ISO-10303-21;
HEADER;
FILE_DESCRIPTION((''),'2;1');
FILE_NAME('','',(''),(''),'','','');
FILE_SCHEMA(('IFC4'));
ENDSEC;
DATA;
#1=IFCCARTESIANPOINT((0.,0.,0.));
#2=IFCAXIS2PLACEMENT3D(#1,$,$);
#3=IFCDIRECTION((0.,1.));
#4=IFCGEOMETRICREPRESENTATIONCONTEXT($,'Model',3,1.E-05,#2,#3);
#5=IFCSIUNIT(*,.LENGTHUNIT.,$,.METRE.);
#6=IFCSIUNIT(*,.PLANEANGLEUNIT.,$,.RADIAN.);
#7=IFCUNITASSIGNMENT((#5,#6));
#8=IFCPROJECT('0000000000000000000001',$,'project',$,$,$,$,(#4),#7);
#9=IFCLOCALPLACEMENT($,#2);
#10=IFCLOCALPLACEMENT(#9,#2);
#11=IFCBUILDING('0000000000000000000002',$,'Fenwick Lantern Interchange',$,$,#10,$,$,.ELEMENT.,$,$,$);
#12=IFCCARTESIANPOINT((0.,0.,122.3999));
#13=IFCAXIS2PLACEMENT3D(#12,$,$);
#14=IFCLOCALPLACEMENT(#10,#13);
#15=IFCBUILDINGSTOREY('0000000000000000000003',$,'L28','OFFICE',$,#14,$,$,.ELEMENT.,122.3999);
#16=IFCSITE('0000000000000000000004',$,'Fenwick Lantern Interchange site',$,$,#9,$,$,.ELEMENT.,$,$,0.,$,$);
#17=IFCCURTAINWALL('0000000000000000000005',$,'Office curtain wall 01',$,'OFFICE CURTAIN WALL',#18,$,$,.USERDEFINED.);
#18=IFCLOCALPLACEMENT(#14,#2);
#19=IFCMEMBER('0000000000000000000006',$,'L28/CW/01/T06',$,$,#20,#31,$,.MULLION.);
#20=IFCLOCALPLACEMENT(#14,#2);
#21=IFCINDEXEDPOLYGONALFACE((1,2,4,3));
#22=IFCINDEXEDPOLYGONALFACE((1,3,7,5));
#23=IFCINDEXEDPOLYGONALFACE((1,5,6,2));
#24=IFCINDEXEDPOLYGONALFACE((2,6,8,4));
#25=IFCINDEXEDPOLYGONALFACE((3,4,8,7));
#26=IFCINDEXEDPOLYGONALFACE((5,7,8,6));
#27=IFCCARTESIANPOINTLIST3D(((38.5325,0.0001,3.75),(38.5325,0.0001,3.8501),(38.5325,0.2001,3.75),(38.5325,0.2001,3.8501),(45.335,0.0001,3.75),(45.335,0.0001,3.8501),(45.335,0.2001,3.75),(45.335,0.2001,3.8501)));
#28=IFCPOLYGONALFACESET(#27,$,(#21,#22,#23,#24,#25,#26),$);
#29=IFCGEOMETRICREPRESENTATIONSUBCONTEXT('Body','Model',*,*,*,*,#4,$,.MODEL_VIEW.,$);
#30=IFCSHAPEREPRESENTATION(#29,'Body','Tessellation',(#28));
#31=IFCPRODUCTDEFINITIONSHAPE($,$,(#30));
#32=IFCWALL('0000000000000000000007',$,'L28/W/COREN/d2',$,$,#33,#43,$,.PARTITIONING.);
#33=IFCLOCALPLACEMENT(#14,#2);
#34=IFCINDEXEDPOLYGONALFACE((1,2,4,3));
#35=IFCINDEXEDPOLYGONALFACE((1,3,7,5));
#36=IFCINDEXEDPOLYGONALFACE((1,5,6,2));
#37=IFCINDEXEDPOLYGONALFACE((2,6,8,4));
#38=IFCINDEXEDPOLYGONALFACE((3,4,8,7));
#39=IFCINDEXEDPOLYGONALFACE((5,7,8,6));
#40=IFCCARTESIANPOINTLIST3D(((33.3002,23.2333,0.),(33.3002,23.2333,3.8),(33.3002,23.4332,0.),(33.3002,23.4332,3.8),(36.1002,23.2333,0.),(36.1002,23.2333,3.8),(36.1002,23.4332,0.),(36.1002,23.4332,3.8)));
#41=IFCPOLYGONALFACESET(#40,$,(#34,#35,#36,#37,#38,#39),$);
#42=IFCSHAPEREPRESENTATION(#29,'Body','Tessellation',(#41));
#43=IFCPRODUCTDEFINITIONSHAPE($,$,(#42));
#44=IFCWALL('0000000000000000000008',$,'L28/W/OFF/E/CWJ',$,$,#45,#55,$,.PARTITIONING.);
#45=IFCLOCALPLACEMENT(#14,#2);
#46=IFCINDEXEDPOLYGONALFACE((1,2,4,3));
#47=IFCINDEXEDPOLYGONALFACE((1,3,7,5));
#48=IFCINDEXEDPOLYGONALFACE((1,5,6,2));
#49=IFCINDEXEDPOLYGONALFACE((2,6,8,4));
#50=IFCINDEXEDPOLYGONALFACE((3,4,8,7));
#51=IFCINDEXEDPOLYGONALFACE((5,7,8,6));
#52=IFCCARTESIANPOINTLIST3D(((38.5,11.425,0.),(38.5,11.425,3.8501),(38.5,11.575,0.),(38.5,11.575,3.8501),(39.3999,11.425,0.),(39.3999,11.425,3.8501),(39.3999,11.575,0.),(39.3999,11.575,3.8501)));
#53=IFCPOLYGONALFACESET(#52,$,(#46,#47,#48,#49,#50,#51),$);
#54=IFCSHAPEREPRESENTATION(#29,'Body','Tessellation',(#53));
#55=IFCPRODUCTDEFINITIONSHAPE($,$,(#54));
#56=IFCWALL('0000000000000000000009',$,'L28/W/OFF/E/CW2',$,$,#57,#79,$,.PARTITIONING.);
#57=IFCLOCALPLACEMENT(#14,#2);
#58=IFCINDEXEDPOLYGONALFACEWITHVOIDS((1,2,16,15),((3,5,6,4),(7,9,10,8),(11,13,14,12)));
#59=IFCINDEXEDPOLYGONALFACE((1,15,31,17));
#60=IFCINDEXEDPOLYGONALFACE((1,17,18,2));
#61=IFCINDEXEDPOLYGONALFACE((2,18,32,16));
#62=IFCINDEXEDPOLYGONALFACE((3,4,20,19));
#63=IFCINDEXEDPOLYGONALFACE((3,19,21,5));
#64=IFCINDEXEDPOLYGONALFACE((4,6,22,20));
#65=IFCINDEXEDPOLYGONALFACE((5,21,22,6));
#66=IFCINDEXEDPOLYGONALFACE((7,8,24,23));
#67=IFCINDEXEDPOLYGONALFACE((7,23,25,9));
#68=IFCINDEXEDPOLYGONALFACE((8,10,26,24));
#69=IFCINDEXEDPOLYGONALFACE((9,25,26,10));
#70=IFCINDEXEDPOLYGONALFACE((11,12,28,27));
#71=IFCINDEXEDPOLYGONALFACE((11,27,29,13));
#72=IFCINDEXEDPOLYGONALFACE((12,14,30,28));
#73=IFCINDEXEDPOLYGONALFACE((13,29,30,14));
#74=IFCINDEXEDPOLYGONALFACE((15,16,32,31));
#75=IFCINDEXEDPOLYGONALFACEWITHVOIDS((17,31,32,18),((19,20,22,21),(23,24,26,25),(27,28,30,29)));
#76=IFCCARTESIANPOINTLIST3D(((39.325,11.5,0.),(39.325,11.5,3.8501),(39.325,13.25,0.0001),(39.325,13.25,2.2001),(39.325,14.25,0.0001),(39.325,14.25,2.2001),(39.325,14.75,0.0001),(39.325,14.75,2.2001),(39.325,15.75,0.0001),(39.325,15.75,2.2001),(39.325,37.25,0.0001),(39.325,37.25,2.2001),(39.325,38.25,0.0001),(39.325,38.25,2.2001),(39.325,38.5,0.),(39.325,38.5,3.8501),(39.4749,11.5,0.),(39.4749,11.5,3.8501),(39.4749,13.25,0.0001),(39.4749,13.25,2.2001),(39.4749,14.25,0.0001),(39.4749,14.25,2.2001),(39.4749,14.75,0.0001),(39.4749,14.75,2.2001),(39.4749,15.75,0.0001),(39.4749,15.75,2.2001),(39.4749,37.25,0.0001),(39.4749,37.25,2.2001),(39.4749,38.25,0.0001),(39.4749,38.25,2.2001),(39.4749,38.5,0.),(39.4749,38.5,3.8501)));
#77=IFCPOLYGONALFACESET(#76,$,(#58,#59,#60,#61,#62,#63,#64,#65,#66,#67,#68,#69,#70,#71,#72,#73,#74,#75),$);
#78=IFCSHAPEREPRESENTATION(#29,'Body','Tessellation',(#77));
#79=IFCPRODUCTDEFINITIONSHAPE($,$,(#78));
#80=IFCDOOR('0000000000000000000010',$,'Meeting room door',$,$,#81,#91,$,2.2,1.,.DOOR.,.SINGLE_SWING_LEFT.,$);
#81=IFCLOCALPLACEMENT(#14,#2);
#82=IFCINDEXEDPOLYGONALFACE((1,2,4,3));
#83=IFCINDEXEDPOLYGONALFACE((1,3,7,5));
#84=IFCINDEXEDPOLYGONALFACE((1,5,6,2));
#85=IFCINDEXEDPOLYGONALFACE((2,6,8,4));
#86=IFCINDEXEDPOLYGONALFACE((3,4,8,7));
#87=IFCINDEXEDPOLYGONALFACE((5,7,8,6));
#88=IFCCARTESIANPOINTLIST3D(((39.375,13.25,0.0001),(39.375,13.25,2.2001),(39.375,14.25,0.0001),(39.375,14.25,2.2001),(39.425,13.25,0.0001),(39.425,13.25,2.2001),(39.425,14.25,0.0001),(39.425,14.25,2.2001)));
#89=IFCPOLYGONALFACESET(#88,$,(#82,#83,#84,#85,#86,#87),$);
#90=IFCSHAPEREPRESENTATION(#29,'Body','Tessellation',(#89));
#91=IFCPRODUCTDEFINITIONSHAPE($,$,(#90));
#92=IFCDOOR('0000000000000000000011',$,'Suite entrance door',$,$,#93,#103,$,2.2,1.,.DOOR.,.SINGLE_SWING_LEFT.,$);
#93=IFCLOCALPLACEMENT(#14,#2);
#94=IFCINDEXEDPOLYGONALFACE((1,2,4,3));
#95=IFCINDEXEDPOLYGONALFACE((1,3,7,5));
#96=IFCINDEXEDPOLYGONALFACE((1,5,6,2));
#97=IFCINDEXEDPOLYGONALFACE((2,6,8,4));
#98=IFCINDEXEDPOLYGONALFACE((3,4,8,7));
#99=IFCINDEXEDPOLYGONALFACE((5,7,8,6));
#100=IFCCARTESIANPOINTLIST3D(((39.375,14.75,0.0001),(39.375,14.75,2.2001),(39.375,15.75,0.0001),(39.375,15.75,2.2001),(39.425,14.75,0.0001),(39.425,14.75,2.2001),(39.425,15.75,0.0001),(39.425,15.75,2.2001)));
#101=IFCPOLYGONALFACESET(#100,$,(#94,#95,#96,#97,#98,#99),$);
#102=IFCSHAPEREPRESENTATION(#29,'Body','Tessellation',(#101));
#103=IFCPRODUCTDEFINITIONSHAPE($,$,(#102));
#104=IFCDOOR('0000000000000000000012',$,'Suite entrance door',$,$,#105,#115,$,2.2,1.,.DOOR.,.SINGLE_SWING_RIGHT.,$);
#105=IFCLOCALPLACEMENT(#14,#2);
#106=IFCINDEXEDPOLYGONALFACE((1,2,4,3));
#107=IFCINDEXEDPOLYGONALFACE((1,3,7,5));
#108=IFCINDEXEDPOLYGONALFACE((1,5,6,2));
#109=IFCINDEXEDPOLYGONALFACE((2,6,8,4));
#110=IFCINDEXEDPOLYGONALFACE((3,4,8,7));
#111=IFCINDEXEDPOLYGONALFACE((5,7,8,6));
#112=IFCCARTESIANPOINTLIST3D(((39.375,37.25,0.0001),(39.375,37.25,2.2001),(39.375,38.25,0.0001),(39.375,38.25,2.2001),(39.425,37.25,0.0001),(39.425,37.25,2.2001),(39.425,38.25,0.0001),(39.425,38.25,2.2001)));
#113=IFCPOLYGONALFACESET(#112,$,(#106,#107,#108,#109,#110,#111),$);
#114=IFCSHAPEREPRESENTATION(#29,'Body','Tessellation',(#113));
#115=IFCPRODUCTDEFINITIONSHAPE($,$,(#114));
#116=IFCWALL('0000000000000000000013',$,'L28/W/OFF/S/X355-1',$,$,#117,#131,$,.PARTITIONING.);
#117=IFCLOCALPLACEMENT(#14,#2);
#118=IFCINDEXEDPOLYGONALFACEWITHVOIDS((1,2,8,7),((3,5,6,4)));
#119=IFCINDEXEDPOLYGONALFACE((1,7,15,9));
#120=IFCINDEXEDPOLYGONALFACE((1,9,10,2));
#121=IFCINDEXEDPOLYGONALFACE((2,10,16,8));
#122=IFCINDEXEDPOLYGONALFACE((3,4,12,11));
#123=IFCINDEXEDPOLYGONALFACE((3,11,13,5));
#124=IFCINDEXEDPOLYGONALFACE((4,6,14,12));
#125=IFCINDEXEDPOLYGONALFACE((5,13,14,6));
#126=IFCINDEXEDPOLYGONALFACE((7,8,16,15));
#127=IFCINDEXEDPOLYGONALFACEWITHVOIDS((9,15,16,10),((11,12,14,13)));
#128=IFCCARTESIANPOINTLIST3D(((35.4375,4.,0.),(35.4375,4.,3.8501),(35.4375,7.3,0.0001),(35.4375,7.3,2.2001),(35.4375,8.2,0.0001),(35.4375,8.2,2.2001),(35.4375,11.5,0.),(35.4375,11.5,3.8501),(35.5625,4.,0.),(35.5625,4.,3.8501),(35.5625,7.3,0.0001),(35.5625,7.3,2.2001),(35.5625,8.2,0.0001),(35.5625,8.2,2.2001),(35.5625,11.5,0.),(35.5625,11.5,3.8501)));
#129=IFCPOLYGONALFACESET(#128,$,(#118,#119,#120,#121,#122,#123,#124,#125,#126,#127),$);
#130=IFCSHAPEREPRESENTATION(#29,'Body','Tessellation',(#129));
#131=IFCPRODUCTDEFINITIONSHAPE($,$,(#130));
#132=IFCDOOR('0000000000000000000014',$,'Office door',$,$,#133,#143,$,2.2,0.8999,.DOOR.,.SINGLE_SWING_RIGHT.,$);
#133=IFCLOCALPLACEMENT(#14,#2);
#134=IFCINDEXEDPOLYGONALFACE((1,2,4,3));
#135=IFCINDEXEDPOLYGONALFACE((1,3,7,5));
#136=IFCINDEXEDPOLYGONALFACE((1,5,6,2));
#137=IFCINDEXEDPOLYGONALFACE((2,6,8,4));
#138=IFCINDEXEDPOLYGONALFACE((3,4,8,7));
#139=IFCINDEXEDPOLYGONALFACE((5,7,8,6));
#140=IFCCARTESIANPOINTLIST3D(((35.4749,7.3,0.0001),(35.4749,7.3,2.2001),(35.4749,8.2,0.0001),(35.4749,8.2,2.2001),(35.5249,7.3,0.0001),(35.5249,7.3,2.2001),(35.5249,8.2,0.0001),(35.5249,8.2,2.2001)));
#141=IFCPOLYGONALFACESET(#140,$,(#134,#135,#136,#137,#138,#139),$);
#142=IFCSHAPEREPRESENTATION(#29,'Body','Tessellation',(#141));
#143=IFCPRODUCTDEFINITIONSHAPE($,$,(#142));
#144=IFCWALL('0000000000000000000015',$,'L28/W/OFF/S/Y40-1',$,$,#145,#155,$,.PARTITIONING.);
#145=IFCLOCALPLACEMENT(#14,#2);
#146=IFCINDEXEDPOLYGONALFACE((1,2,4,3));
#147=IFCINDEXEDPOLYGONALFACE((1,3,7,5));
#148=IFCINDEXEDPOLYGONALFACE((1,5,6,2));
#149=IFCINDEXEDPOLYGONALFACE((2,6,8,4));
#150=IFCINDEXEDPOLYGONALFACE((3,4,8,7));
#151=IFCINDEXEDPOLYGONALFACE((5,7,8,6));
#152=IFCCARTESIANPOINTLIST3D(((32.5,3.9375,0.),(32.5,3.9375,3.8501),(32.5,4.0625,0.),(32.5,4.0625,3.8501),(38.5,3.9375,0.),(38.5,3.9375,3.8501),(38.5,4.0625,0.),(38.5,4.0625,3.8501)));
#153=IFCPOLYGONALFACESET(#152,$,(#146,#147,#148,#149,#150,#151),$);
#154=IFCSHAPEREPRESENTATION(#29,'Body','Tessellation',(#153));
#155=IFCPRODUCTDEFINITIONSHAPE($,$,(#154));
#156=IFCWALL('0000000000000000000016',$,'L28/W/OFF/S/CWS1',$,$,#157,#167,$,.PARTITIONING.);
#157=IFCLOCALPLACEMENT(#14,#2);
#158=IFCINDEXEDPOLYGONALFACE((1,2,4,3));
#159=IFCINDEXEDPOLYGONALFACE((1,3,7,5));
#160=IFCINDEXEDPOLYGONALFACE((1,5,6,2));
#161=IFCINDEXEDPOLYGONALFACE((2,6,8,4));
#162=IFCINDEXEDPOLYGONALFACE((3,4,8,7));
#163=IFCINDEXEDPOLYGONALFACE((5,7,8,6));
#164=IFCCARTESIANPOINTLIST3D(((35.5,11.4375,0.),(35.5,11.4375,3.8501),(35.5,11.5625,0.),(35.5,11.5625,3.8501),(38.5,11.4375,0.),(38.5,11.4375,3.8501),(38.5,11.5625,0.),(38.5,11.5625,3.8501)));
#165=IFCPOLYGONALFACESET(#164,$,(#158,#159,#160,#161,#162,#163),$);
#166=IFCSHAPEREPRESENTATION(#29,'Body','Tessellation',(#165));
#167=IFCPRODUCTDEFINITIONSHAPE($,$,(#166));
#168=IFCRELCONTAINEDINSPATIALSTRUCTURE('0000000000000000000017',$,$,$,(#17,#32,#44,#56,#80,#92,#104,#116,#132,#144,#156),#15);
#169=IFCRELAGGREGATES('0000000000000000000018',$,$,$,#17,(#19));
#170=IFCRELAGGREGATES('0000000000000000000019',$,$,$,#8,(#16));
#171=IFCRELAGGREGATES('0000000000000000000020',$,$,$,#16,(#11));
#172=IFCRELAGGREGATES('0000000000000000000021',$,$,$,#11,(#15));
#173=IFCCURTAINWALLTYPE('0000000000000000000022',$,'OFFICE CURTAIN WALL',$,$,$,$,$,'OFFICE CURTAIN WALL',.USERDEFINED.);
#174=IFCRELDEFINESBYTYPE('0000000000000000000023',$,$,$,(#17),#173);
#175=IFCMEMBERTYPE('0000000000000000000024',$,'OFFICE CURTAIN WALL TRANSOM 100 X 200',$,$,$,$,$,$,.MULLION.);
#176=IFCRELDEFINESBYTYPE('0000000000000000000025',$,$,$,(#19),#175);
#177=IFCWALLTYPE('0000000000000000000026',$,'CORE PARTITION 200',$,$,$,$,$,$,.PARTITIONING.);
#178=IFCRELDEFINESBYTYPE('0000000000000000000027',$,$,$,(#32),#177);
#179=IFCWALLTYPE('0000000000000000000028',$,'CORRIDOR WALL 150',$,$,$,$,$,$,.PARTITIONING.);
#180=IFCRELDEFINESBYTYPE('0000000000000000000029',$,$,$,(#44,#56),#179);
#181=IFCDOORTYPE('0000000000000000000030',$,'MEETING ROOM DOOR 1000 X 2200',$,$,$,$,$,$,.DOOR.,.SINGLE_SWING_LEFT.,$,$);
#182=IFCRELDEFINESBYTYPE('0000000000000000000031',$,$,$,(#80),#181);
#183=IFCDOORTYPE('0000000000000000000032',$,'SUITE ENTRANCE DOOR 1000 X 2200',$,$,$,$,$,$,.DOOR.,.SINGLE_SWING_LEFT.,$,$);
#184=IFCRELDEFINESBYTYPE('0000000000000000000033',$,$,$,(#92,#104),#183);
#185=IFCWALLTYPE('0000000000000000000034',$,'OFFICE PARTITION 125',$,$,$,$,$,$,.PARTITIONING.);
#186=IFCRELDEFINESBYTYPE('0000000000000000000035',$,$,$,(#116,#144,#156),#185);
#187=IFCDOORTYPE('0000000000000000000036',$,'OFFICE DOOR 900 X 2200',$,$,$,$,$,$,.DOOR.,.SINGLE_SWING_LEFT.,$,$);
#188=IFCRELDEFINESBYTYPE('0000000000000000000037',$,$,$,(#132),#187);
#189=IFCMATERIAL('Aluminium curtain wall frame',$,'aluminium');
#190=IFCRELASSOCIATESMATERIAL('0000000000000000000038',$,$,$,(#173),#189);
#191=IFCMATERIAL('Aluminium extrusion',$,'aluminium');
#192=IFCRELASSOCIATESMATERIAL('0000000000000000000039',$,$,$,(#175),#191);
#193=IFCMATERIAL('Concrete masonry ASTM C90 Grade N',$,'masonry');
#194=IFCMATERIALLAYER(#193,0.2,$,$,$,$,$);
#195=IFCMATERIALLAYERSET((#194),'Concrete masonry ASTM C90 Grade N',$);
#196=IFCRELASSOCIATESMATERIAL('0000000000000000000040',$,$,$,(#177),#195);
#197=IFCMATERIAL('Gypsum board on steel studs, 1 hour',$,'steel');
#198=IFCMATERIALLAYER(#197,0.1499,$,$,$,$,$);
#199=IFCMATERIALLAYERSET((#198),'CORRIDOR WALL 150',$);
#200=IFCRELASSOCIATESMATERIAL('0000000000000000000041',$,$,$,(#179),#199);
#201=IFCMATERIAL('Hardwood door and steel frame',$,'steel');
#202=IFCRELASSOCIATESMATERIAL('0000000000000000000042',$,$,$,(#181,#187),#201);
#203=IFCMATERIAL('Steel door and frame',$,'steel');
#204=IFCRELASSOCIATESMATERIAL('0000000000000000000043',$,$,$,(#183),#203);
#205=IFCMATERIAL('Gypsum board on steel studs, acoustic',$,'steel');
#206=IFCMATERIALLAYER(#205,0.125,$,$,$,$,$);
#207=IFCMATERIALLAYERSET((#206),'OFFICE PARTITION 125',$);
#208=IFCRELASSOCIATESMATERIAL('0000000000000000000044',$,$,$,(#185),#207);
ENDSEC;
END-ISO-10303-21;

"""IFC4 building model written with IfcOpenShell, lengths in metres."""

from ifc_helpers import new_model, si_unit, direction, frame, frame_2d, origin, origin_2d, place, context, subcontext, project, spatial, rectangle, extrude, material, layer, layer_set, material_profile, profile_set, type_object, element, fill, aggregate, save


model = new_model("IFC4")

# Units and contexts
model_context = context("Model", 3, precision=1e-05, world=origin(), true_north=direction((0.0, 1.0)))
body_context = subcontext(model_context, "Body", "Model", "MODEL_VIEW")
ifc_project = project(units=[si_unit("LENGTHUNIT", "METRE"), si_unit("PLANEANGLEUNIT", "RADIAN")], contexts=[model_context])

# Site, building, storey
site_placement = place(None, origin())
site = spatial("IfcSite", under=ifc_project, at=site_placement, Name="Fenwick Lantern Interchange site", CompositionType="ELEMENT", RefElevation=0.0)
building_placement = place(site_placement, origin())
building = spatial("IfcBuilding", under=site, at=building_placement, Name="Fenwick Lantern Interchange", CompositionType="ELEMENT")
storey_placement = place(building_placement, frame((0.0, 0.0, 122.3999)))
storey = spatial("IfcBuildingStorey", under=building, at=storey_placement, Name="L28", Description="OFFICE", CompositionType="ELEMENT", Elevation=122.3999)

# Curtain wall, member
ifc_material_1 = material(Name="Aluminium curtain wall frame", Category="aluminium")
curtain_wall_type = type_object("IfcCurtainWallType", Name="OFFICE CURTAIN WALL", ElementType="OFFICE CURTAIN WALL", PredefinedType="USERDEFINED", material=ifc_material_1)
curtain_wall_placement = place(storey_placement, origin())
curtain_wall = element("IfcCurtainWall", 1, at=curtain_wall_placement, inside=storey, type_object=curtain_wall_type, Name="Office curtain wall 01", ObjectType="OFFICE CURTAIN WALL", PredefinedType="USERDEFINED")
ifc_material_2 = material(Name="Aluminium extrusion", Category="aluminium")
ifc_material_profile_1 = material_profile(ifc_material_2, rectangle(XDim=0.2, YDim=0.1001, at=origin_2d()), Name="OFFICE CURTAIN WALL TRANSOM 100 X 200")
ifc_profile_set_1 = profile_set([ifc_material_profile_1], Name="Aluminium extrusion")
member_type_1 = type_object("IfcMemberType", Name="OFFICE CURTAIN WALL TRANSOM 100 X 200", PredefinedType="MULLION", material=ifc_profile_set_1)
member_1_placement = place(storey_placement, frame((38.5325, 0.1001, 3.8), z_axis=(1.0, 0.0, 0.0), x_axis=(0.0, 1.0, 0.0)))
member_1 = element("IfcMember", 2, at=member_1_placement, type_object=member_type_1, Name="L28/CW/01/T06", PredefinedType="MULLION", context=body_context, shape_type="SweptSolid", body=[
    extrude(rectangle(XDim=0.2, YDim=0.1001, at=origin_2d()), origin(), (0.0, 0.0, 1.0), 6.8025),
])
aggregate(curtain_wall, [member_1])

# Wall
ifc_material_3 = material(Name="Concrete masonry ASTM C90 Grade N", Category="masonry")
ifc_layer_1 = layer(ifc_material_3, 0.2)
ifc_layer_set_1 = layer_set([ifc_layer_1], Name="Concrete masonry ASTM C90 Grade N")
wall_type_1 = type_object("IfcWallType", Name="CORE PARTITION 200", PredefinedType="PARTITIONING", material=ifc_layer_set_1)
wall_1_placement = place(storey_placement, frame((36.1001, 23.3333, 0.0), z_axis=(0.0, 0.0, 1.0), x_axis=(-1.0, 0.0, 0.0)))
element("IfcWall", 3, at=wall_1_placement, inside=storey, type_object=wall_type_1, Name="L28/W/COREN/d2", PredefinedType="PARTITIONING", context=body_context, shape_type="SweptSolid", body=[
    extrude(rectangle(XDim=2.8, YDim=0.2, at=frame_2d((1.3999, 0.0))), origin(), (0.0, 0.0, 1.0), 3.8),
])

# Shared definitions
ifc_material_4 = material(Name="Steel door and frame", Category="steel")
ifc_material_5 = material(Name="Hardwood door and steel frame", Category="steel")

# Wall
ifc_material_6 = material(Name="Gypsum board on steel studs, 1 hour", Category="steel")
ifc_layer_2 = layer(ifc_material_6, 0.1499)
ifc_layer_set_2 = layer_set([ifc_layer_2], Name="CORRIDOR WALL 150")
wall_type_2 = type_object("IfcWallType", Name="CORRIDOR WALL 150", PredefinedType="PARTITIONING", material=ifc_layer_set_2)
wall_2_placement = place(storey_placement, frame((38.5, 11.5, 0.0), z_axis=(0.0, 0.0, 1.0), x_axis=(1.0, 0.0, 0.0)))
element("IfcWall", 4, at=wall_2_placement, inside=storey, type_object=wall_type_2, Name="L28/W/OFF/E/CWJ", PredefinedType="PARTITIONING", context=body_context, shape_type="SweptSolid", body=[
    extrude(rectangle(XDim=0.8999, YDim=0.1499, at=frame_2d((0.45, 0.0))), origin(), (0.0, 0.0, 1.0), 3.8501),
])

# Wall, openings, doors
wall_3_placement = place(storey_placement, frame((39.3999, 11.5, 0.0), z_axis=(0.0, 0.0, 1.0), x_axis=(0.0, 1.0, 0.0)))
wall_3 = element("IfcWall", 5, at=wall_3_placement, inside=storey, type_object=wall_type_2, Name="L28/W/OFF/E/CW2", PredefinedType="PARTITIONING", context=body_context, shape_type="SweptSolid", body=[
    extrude(rectangle(XDim=27.0, YDim=0.1499, at=frame_2d((13.5, 0.0))), origin(), (0.0, 0.0, 1.0), 3.8501),
])
opening_1_placement = place(wall_3_placement, frame((3.25, 0.0, 0.0)))
opening_1 = element("IfcOpeningElement", 6, at=opening_1_placement, cuts=wall_3, PredefinedType="OPENING", context=body_context, shape_type="SweptSolid", body=[
    extrude(rectangle(XDim=1.0, YDim=2.2, at=frame_2d((0.5, 1.1001))), frame((0.0, 0.085, 0.0), z_axis=(0.0, -1.0, 0.0), x_axis=(1.0, 0.0, 0.0)), (0.0, 0.0, 1.0), 0.1699),
])
opening_2_placement = place(wall_3_placement, frame((25.75, 0.0, 0.0)))
opening_2 = element("IfcOpeningElement", 7, at=opening_2_placement, cuts=wall_3, PredefinedType="OPENING", context=body_context, shape_type="SweptSolid", body=[
    extrude(rectangle(XDim=1.0, YDim=2.2, at=frame_2d((0.5, 1.1001))), frame((0.0, 0.085, 0.0), z_axis=(0.0, -1.0, 0.0), x_axis=(1.0, 0.0, 0.0)), (0.0, 0.0, 1.0), 0.1699),
])
opening_3_placement = place(wall_3_placement, frame((1.75, 0.0, 0.0)))
opening_3 = element("IfcOpeningElement", 8, at=opening_3_placement, cuts=wall_3, PredefinedType="OPENING", context=body_context, shape_type="SweptSolid", body=[
    extrude(rectangle(XDim=1.0, YDim=2.2, at=frame_2d((0.5, 1.1001))), frame((0.0, 0.085, 0.0), z_axis=(0.0, -1.0, 0.0), x_axis=(1.0, 0.0, 0.0)), (0.0, 0.0, 1.0), 0.1699),
])
door_type_1 = type_object("IfcDoorType", Name="MEETING ROOM DOOR 1000 X 2200", OperationType="SINGLE_SWING_LEFT", PredefinedType="DOOR", material=ifc_material_5)
door_1_placement = place(opening_3_placement, origin())
door_1 = element("IfcDoor", 9, at=door_1_placement, inside=storey, type_object=door_type_1, Name="Meeting room door", OperationType="SINGLE_SWING_LEFT", OverallHeight=2.2, OverallWidth=1.0, PredefinedType="DOOR", context=body_context, shape_type="SweptSolid", body=[
    extrude(rectangle(XDim=1.0, YDim=2.2, at=frame_2d((0.5, 1.1001))), frame((0.0, 0.0249, 0.0), z_axis=(0.0, -1.0, 0.0), x_axis=(1.0, 0.0, 0.0)), (0.0, 0.0, 1.0), 0.05),
])
fill(opening_3, door_1)
door_type_2 = type_object("IfcDoorType", Name="SUITE ENTRANCE DOOR 1000 X 2200", OperationType="SINGLE_SWING_LEFT", PredefinedType="DOOR", material=ifc_material_4)
door_2_placement = place(opening_1_placement, origin())
door_2 = element("IfcDoor", 10, at=door_2_placement, inside=storey, type_object=door_type_2, Name="Suite entrance door", OperationType="SINGLE_SWING_LEFT", OverallHeight=2.2, OverallWidth=1.0, PredefinedType="DOOR", context=body_context, shape_type="SweptSolid", body=[
    extrude(rectangle(XDim=1.0, YDim=2.2, at=frame_2d((0.5, 1.1001))), frame((0.0, 0.0249, 0.0), z_axis=(0.0, -1.0, 0.0), x_axis=(1.0, 0.0, 0.0)), (0.0, 0.0, 1.0), 0.05),
])
fill(opening_1, door_2)
door_3_placement = place(opening_2_placement, origin())
door_3 = element("IfcDoor", 11, at=door_3_placement, inside=storey, type_object=door_type_2, Name="Suite entrance door", OperationType="SINGLE_SWING_RIGHT", OverallHeight=2.2, OverallWidth=1.0, PredefinedType="DOOR", context=body_context, shape_type="SweptSolid", body=[
    extrude(rectangle(XDim=1.0, YDim=2.2, at=frame_2d((0.5, 1.1001))), frame((0.0, 0.0249, 0.0), z_axis=(0.0, -1.0, 0.0), x_axis=(1.0, 0.0, 0.0)), (0.0, 0.0, 1.0), 0.05),
])
fill(opening_2, door_3)

# Wall, opening, door
ifc_material_7 = material(Name="Gypsum board on steel studs, acoustic", Category="steel")
ifc_layer_3 = layer(ifc_material_7, 0.125)
ifc_layer_set_3 = layer_set([ifc_layer_3], Name="OFFICE PARTITION 125")
wall_type_3 = type_object("IfcWallType", Name="OFFICE PARTITION 125", PredefinedType="PARTITIONING", material=ifc_layer_set_3)
wall_4_placement = place(storey_placement, frame((35.5, 4.0, 0.0), z_axis=(0.0, 0.0, 1.0), x_axis=(0.0, 1.0, 0.0)))
wall_4 = element("IfcWall", 12, at=wall_4_placement, inside=storey, type_object=wall_type_3, Name="L28/W/OFF/S/X355-1", PredefinedType="PARTITIONING", context=body_context, shape_type="SweptSolid", body=[
    extrude(rectangle(XDim=7.5, YDim=0.125, at=frame_2d((3.75, 0.0))), origin(), (0.0, 0.0, 1.0), 3.8501),
])
opening_4_placement = place(wall_4_placement, frame((3.3, 0.0, 0.0)))
opening_4 = element("IfcOpeningElement", 13, at=opening_4_placement, cuts=wall_4, PredefinedType="OPENING", context=body_context, shape_type="SweptSolid", body=[
    extrude(rectangle(XDim=0.8999, YDim=2.2, at=frame_2d((0.45, 1.1001))), frame((0.0, 0.0725, 0.0), z_axis=(0.0, -1.0, 0.0), x_axis=(1.0, 0.0, 0.0)), (0.0, 0.0, 1.0), 0.145),
])
door_type_3 = type_object("IfcDoorType", Name="OFFICE DOOR 900 X 2200", OperationType="SINGLE_SWING_LEFT", PredefinedType="DOOR", material=ifc_material_5)
door_4_placement = place(opening_4_placement, frame((0.8999, 0.0, 0.0), z_axis=(0.0, 0.0, 1.0), x_axis=(-1.0, 0.0, 0.0)))
door_4 = element("IfcDoor", 14, at=door_4_placement, inside=storey, type_object=door_type_3, Name="Office door", OperationType="SINGLE_SWING_RIGHT", OverallHeight=2.2, OverallWidth=0.8999, PredefinedType="DOOR", context=body_context, shape_type="SweptSolid", body=[
    extrude(rectangle(XDim=0.8999, YDim=2.2, at=frame_2d((0.45, 1.1001))), frame((0.0, 0.0249, 0.0), z_axis=(0.0, -1.0, 0.0), x_axis=(1.0, 0.0, 0.0)), (0.0, 0.0, 1.0), 0.05),
])
fill(opening_4, door_4)

# Walls
wall_5_placement = place(storey_placement, frame((32.5, 4.0, 0.0), z_axis=(0.0, 0.0, 1.0), x_axis=(1.0, 0.0, 0.0)))
element("IfcWall", 15, at=wall_5_placement, inside=storey, type_object=wall_type_3, Name="L28/W/OFF/S/Y40-1", PredefinedType="PARTITIONING", context=body_context, shape_type="SweptSolid", body=[
    extrude(rectangle(XDim=6.0, YDim=0.125, at=frame_2d((3.0, 0.0))), origin(), (0.0, 0.0, 1.0), 3.8501),
])
wall_6_placement = place(storey_placement, frame((35.5, 11.5, 0.0), z_axis=(0.0, 0.0, 1.0), x_axis=(1.0, 0.0, 0.0)))
element("IfcWall", 16, at=wall_6_placement, inside=storey, type_object=wall_type_3, Name="L28/W/OFF/S/CWS1", PredefinedType="PARTITIONING", context=body_context, shape_type="SweptSolid", body=[
    extrude(rectangle(XDim=3.0, YDim=0.125, at=frame_2d((1.5, 0.0))), origin(), (0.0, 0.0, 1.0), 3.8501),
])

save(model, "model.ifc")
